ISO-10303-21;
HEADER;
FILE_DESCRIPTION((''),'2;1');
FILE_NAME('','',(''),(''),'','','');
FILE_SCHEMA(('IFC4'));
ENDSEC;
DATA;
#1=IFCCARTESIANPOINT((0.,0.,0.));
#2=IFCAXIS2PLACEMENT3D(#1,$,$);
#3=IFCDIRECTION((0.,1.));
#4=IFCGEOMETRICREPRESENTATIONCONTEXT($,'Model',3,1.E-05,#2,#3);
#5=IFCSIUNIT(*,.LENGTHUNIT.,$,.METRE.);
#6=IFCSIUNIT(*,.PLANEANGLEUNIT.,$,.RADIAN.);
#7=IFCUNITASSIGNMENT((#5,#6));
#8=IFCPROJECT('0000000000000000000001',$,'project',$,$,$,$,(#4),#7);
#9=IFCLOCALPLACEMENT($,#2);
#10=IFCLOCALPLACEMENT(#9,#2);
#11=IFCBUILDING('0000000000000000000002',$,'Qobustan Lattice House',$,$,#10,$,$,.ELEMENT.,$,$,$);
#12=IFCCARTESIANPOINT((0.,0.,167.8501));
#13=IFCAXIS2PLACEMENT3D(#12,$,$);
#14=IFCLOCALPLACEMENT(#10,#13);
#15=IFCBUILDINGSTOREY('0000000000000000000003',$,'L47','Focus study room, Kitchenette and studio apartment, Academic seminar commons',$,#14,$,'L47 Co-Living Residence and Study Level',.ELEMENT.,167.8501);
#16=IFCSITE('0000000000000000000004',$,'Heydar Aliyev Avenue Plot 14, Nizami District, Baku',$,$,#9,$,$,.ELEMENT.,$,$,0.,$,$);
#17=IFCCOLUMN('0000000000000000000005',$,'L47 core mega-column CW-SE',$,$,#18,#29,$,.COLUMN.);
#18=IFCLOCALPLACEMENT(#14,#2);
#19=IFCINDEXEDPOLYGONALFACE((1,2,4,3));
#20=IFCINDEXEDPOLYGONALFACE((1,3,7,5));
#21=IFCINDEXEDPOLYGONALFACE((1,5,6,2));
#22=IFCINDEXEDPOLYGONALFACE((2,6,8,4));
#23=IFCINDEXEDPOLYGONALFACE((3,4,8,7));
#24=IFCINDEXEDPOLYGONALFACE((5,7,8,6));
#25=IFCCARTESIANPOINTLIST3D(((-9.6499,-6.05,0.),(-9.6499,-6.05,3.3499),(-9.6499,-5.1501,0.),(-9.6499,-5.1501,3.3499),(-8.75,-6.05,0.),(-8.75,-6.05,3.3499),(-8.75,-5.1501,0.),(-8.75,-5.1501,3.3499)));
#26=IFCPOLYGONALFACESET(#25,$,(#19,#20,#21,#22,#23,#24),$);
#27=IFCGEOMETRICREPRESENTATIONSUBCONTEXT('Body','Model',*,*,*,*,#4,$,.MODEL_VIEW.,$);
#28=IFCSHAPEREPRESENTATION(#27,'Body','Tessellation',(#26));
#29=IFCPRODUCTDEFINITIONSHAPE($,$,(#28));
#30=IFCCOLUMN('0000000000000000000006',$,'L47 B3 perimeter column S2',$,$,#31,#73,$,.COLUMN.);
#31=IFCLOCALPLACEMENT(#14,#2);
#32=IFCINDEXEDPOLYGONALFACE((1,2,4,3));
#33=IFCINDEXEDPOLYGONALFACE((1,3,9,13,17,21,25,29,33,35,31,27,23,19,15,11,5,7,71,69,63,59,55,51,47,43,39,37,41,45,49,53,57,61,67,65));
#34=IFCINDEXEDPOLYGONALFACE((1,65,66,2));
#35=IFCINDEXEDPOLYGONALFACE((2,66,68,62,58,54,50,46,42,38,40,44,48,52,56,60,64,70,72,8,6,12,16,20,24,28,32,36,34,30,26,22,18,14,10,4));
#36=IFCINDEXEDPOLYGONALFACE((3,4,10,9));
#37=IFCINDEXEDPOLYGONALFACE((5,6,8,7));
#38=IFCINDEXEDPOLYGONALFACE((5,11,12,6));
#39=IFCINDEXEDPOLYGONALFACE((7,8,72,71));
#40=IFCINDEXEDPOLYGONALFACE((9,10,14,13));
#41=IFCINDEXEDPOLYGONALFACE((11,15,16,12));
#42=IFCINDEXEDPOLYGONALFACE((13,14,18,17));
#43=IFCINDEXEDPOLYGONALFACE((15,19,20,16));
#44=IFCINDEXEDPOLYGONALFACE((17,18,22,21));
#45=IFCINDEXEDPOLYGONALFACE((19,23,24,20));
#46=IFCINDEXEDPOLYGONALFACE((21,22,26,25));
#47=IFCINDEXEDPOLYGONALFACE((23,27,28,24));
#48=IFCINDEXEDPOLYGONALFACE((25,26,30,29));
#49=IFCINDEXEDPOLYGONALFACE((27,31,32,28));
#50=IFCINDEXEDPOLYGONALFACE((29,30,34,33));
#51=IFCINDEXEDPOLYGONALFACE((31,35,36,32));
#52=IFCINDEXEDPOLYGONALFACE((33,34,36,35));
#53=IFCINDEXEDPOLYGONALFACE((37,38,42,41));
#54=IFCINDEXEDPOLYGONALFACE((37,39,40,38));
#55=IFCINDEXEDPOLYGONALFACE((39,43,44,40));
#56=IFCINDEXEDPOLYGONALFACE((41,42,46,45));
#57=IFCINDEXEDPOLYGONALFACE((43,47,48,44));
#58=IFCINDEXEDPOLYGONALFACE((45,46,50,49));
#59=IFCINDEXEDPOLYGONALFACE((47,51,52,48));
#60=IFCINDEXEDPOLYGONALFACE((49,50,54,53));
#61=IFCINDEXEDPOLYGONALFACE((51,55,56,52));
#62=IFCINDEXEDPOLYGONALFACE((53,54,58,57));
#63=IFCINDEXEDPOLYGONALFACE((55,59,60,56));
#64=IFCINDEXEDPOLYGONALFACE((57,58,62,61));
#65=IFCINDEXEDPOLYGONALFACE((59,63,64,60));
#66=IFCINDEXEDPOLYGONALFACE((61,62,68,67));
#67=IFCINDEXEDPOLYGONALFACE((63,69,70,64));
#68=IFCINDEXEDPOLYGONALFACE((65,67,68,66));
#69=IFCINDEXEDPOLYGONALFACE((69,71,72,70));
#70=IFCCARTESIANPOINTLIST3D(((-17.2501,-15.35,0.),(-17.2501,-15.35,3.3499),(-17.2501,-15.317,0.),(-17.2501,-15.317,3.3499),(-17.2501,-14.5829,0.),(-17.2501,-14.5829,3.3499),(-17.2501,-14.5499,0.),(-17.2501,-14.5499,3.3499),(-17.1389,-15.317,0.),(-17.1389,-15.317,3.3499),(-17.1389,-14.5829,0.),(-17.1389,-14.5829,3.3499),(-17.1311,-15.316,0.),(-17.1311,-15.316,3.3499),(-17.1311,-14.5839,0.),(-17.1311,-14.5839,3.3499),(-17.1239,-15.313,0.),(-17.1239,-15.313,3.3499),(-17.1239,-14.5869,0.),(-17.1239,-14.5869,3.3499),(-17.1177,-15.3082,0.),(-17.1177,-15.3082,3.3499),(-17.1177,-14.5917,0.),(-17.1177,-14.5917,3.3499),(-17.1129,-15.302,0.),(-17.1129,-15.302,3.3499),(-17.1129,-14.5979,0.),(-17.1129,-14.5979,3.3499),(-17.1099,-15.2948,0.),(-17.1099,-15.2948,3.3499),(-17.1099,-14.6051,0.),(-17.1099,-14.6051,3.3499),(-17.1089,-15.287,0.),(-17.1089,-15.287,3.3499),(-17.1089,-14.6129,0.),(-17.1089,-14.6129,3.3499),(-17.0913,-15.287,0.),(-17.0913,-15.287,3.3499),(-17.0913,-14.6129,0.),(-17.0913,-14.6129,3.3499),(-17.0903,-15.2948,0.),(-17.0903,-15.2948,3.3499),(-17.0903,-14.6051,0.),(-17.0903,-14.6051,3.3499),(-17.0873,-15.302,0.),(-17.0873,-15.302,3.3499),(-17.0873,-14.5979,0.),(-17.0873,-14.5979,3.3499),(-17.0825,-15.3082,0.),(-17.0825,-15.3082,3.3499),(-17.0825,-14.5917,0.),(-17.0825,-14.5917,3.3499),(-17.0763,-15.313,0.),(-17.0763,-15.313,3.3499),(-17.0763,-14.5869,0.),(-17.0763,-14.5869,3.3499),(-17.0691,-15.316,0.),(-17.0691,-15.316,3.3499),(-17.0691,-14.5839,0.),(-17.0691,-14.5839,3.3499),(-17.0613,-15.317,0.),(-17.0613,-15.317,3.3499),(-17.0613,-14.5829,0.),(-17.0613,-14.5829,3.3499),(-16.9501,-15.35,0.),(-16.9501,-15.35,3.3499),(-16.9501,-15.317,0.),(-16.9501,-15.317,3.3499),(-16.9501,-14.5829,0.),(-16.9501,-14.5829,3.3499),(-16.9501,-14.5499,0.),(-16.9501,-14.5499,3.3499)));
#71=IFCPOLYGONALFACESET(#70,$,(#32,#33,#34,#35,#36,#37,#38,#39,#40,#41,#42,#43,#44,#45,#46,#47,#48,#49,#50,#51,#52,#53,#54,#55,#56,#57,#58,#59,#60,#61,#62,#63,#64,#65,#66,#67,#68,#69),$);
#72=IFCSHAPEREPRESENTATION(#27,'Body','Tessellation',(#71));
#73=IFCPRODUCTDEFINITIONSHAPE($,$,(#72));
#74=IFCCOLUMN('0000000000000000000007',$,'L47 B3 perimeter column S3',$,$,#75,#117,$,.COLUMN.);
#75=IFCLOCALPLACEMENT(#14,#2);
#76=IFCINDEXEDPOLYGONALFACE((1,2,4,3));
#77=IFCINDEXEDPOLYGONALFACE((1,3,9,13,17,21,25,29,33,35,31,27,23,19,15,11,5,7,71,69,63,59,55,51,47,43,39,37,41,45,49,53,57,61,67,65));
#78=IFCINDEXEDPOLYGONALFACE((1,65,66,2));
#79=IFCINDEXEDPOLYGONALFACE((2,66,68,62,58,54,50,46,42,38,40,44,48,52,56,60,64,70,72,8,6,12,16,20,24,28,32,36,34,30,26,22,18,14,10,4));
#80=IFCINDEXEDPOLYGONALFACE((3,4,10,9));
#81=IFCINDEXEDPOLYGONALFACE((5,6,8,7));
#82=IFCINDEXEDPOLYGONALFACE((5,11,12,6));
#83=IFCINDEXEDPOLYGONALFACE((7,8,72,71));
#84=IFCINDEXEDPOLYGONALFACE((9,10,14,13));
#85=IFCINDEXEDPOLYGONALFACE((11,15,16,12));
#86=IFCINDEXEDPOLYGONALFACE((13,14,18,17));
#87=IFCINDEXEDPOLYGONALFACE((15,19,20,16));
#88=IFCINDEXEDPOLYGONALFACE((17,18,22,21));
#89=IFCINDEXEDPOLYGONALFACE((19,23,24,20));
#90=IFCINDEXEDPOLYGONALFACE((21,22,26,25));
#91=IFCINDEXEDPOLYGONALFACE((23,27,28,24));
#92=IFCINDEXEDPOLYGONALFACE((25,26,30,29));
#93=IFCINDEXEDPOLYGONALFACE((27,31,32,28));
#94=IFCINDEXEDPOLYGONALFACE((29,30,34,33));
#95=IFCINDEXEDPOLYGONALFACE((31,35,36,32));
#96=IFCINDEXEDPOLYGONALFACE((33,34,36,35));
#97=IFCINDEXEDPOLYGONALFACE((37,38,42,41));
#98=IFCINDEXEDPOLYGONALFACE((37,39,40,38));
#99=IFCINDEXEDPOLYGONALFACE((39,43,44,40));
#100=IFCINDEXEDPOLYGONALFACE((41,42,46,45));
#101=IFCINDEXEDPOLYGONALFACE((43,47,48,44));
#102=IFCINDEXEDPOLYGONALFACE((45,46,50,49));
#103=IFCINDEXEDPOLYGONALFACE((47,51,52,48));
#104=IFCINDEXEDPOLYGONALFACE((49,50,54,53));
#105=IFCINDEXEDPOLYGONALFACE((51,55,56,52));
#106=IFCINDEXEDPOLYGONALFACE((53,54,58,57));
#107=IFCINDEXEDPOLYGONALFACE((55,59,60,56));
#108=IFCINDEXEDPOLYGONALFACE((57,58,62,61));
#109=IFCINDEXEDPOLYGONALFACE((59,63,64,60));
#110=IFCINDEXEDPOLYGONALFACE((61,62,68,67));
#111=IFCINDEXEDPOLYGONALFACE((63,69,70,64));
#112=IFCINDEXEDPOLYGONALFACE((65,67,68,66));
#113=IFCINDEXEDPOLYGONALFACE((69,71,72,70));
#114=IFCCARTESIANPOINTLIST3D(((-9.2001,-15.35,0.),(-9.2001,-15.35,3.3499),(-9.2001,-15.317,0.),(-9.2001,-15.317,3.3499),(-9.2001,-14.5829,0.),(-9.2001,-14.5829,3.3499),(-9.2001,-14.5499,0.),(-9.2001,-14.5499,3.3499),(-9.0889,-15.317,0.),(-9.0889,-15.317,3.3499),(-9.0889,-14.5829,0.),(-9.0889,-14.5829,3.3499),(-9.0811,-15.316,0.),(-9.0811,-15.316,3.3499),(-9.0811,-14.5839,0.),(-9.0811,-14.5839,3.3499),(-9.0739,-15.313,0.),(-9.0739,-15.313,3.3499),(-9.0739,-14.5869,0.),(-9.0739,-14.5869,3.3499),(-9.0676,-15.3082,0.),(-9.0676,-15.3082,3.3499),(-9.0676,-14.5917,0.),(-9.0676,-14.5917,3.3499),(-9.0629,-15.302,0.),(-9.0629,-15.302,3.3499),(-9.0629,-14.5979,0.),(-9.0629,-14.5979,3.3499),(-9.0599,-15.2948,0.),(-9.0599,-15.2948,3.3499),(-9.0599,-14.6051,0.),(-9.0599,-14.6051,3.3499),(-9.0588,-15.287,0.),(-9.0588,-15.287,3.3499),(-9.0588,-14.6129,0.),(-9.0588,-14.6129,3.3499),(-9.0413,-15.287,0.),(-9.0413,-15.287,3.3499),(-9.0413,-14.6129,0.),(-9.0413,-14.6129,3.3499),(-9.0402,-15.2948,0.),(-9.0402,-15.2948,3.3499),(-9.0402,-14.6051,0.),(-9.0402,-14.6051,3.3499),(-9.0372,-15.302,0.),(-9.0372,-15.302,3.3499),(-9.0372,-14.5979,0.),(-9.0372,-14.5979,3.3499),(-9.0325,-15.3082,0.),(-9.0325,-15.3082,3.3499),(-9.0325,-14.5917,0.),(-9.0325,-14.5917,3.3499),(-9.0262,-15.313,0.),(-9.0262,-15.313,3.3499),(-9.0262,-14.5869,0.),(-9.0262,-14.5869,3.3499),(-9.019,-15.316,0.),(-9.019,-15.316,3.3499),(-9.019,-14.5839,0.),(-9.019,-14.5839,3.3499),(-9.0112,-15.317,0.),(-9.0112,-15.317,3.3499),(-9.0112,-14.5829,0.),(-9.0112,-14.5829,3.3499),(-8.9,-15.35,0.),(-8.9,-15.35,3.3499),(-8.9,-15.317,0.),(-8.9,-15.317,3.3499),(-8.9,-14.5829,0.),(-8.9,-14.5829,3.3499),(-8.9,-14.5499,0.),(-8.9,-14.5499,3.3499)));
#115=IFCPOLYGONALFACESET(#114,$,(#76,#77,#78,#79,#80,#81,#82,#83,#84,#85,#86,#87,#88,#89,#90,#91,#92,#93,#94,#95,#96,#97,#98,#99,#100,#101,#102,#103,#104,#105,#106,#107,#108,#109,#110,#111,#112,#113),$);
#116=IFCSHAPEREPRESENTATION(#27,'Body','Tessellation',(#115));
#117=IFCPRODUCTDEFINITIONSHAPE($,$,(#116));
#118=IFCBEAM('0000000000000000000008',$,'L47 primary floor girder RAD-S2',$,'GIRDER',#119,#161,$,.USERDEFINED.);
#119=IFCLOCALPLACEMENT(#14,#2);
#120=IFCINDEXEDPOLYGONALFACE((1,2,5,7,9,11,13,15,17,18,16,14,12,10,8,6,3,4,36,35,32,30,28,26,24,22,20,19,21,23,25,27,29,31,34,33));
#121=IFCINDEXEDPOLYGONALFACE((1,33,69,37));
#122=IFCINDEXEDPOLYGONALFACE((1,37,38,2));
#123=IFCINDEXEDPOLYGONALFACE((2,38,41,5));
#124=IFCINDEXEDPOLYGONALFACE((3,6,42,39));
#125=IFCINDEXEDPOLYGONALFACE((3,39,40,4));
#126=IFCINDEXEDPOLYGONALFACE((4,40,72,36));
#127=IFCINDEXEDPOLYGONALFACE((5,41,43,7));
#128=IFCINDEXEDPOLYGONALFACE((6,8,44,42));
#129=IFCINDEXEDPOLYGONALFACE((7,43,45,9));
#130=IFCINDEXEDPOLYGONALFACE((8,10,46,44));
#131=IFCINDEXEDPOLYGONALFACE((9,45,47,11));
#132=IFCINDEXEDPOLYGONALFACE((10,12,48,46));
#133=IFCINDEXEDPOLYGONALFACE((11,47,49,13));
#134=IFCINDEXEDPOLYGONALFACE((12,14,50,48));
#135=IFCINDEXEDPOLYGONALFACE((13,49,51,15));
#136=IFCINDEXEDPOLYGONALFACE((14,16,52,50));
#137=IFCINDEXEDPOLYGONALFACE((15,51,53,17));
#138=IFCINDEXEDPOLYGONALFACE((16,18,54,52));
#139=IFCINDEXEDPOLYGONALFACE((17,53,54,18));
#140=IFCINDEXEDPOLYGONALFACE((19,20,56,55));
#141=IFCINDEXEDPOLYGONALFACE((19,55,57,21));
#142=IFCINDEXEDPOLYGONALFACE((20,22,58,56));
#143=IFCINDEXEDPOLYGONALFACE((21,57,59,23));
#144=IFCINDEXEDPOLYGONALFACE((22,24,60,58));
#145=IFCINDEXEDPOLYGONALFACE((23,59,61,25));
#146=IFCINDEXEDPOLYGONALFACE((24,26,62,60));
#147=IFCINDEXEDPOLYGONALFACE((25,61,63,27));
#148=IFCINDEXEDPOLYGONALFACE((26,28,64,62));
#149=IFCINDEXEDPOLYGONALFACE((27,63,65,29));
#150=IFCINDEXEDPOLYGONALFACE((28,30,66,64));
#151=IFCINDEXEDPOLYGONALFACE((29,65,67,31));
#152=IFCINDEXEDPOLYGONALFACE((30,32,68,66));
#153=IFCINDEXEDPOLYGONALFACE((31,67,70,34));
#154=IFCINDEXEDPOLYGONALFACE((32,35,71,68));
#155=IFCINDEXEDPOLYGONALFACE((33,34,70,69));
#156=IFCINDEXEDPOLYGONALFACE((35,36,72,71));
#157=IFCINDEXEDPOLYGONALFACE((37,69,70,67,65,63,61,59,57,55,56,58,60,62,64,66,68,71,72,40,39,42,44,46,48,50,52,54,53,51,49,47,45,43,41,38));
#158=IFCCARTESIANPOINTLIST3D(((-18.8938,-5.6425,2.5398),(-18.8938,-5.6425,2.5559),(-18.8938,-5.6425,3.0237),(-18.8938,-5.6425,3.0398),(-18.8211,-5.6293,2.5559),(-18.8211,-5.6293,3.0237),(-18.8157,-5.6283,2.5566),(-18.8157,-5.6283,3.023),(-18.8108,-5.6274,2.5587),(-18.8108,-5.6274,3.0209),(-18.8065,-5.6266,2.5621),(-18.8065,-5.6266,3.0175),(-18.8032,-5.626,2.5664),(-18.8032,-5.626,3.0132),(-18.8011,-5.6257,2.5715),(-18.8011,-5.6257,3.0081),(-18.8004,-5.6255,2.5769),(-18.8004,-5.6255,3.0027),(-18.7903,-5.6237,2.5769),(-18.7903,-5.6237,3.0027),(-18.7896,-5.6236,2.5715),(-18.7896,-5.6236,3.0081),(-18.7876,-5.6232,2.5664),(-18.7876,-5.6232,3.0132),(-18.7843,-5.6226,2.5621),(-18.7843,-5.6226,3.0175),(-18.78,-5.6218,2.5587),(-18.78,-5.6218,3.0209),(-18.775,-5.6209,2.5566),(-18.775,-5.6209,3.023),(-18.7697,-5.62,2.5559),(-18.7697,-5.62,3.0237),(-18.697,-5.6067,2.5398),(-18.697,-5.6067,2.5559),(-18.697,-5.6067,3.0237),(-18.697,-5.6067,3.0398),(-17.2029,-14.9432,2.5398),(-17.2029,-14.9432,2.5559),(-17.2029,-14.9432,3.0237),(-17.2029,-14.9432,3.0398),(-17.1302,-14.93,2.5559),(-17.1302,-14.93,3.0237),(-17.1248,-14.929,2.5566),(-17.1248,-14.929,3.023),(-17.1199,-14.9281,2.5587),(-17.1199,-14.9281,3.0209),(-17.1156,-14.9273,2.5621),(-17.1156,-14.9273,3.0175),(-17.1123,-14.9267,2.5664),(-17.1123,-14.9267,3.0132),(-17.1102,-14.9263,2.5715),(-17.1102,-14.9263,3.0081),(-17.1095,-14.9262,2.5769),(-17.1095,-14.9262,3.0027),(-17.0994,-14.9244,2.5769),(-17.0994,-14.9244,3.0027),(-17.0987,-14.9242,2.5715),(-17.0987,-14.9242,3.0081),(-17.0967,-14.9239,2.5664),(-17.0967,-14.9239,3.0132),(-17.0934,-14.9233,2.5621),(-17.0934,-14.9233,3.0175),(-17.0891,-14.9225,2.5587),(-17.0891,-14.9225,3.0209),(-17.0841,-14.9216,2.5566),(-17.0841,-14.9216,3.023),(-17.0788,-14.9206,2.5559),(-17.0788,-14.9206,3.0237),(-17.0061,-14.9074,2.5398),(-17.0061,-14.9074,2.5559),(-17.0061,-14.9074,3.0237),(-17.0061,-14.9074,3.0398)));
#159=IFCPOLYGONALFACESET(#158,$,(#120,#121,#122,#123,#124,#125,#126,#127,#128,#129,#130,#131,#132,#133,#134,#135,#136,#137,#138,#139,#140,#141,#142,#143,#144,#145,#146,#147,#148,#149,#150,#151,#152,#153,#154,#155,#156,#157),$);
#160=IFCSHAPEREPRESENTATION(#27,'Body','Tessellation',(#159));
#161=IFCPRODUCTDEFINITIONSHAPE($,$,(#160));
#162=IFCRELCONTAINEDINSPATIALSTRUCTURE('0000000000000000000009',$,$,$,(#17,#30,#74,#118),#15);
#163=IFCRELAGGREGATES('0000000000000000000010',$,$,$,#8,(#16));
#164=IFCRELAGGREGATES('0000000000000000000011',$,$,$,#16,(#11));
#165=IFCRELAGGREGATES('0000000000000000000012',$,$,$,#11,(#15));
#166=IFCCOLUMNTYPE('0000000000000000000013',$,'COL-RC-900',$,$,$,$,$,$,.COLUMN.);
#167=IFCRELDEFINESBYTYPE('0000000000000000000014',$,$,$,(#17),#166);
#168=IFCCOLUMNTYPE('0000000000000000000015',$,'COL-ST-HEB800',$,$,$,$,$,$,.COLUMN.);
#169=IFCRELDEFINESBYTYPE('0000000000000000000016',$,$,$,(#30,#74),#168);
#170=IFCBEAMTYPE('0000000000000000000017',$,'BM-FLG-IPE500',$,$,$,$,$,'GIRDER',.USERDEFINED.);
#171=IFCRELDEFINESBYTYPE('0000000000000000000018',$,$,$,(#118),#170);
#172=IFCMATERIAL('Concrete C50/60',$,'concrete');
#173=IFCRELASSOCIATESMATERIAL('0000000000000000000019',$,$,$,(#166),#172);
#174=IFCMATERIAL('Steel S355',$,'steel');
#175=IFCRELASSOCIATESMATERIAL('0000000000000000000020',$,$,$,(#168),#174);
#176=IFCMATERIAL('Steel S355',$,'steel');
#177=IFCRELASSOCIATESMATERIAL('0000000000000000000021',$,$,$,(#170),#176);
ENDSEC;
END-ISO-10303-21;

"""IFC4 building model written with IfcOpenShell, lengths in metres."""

from ifc_helpers import new_model, si_unit, direction, frame, origin, origin_2d, place, context, subcontext, project, spatial, rectangle, i_section, extrude, material, material_profile, profile_set, type_object, element, save


model = new_model("IFC4")

# Units and contexts
model_context = context("Model", 3, precision=1e-05, world=origin(), true_north=direction((0.0, 1.0)))
body_context = subcontext(model_context, "Body", "Model", "MODEL_VIEW")
ifc_project = project(units=[si_unit("LENGTHUNIT", "METRE"), si_unit("PLANEANGLEUNIT", "RADIAN")], contexts=[model_context])

# Site, building, storey
site_placement = place(None, origin())
site = spatial("IfcSite", under=ifc_project, at=site_placement, Name="Heydar Aliyev Avenue Plot 14, Nizami District, Baku", CompositionType="ELEMENT", RefElevation=0.0)
building_placement = place(site_placement, origin())
building = spatial("IfcBuilding", under=site, at=building_placement, Name="Qobustan Lattice House", CompositionType="ELEMENT")
storey_placement = place(building_placement, frame((0.0, 0.0, 167.8501)))
storey = spatial("IfcBuildingStorey", under=building, at=storey_placement, Name="L47", Description="Focus study room, Kitchenette and studio apartment, Academic seminar commons", LongName="L47 Co-Living Residence and Study Level", CompositionType="ELEMENT", Elevation=167.8501)

# Columns
ifc_material_1 = material(Name="Concrete C50/60", Category="concrete")
ifc_material_profile_1 = material_profile(ifc_material_1, rectangle(XDim=0.8999, YDim=0.8999, at=origin_2d()), Name="RC900x900")
ifc_profile_set_1 = profile_set([ifc_material_profile_1], Name="Concrete C50/60")
column_type_1 = type_object("IfcColumnType", Name="COL-RC-900", PredefinedType="COLUMN", material=ifc_profile_set_1)
column_placement = place(storey_placement, frame((-9.2, -5.6001, 0.0), z_axis=(0.0, 0.0, 1.0), x_axis=(1.0, 0.0, 0.0)))
element("IfcColumn", 1, at=column_placement, inside=storey, type_object=column_type_1, Name="L47 core mega-column CW-SE", PredefinedType="COLUMN", context=body_context, shape_type="SweptSolid", body=[
    extrude(rectangle(XDim=0.8999, YDim=0.8999, at=origin_2d()), origin(), (0.0, 0.0, 1.0), 3.3499),
])
ifc_material_2 = material(Name="Steel S355", Category="steel")
ifc_material_profile_2 = material_profile(ifc_material_2, i_section(OverallWidth=0.3, OverallDepth=0.8, WebThickness=0.0176, FlangeThickness=0.033, FilletRadius=0.03, at=origin_2d()), Name="HEB800")
ifc_profile_set_2 = profile_set([ifc_material_profile_2], Name="Steel S355")
column_type_2 = type_object("IfcColumnType", Name="COL-ST-HEB800", PredefinedType="COLUMN", material=ifc_profile_set_2)
for number, where, z_axis, x_axis, name in (
    (2, (-17.1001, -14.95, 0.0), (0.0, 0.0, 1.0), (1.0, 0.0, 0.0), "L47 B3 perimeter column S2"),
    (3, (-9.05, -14.95, 0.0), (0.0, 0.0, 1.0), (1.0, 0.0, 0.0), "L47 B3 perimeter column S3"),
):
    element("IfcColumn", number, at=place(storey_placement, frame(where, z_axis=z_axis, x_axis=x_axis)), inside=storey, type_object=column_type_2, Name=name, PredefinedType="COLUMN", context=body_context, shape_type="SweptSolid", body=[
        extrude(i_section(OverallWidth=0.3, OverallDepth=0.8, WebThickness=0.0176, FlangeThickness=0.033, FilletRadius=0.03, at=origin_2d()), origin(), (0.0, 0.0, 1.0), 3.3499),
    ])

# Beam
ifc_material_3 = material(Name="Steel S355", Category="steel")
ifc_material_profile_3 = material_profile(ifc_material_3, i_section(OverallWidth=0.2, OverallDepth=0.5, WebThickness=0.0103, FlangeThickness=0.0161, FilletRadius=0.021, at=origin_2d()), Name="IPE500")
ifc_profile_set_3 = profile_set([ifc_material_profile_3], Name="Steel S355")
beam_type_1 = type_object("IfcBeamType", Name="BM-FLG-IPE500", ElementType="GIRDER", PredefinedType="USERDEFINED", material=ifc_profile_set_3)
beam_1_placement = place(storey_placement, frame((-17.1045, -14.9253, 2.7898), z_axis=(-0.178872, 0.983872, 0.0), x_axis=(-0.983872, -0.178872, 0.0)))
element("IfcBeam", 4, at=beam_1_placement, inside=storey, type_object=beam_type_1, Name="L47 primary floor girder RAD-S2", ObjectType="GIRDER", PredefinedType="USERDEFINED", context=body_context, shape_type="SweptSolid", body=[
    extrude(i_section(OverallWidth=0.2, OverallDepth=0.5, WebThickness=0.0103, FlangeThickness=0.0161, FilletRadius=0.021, at=origin_2d()), origin(), (0.0, 0.0, 1.0), 9.4531),
])

save(model, "model.ifc")
